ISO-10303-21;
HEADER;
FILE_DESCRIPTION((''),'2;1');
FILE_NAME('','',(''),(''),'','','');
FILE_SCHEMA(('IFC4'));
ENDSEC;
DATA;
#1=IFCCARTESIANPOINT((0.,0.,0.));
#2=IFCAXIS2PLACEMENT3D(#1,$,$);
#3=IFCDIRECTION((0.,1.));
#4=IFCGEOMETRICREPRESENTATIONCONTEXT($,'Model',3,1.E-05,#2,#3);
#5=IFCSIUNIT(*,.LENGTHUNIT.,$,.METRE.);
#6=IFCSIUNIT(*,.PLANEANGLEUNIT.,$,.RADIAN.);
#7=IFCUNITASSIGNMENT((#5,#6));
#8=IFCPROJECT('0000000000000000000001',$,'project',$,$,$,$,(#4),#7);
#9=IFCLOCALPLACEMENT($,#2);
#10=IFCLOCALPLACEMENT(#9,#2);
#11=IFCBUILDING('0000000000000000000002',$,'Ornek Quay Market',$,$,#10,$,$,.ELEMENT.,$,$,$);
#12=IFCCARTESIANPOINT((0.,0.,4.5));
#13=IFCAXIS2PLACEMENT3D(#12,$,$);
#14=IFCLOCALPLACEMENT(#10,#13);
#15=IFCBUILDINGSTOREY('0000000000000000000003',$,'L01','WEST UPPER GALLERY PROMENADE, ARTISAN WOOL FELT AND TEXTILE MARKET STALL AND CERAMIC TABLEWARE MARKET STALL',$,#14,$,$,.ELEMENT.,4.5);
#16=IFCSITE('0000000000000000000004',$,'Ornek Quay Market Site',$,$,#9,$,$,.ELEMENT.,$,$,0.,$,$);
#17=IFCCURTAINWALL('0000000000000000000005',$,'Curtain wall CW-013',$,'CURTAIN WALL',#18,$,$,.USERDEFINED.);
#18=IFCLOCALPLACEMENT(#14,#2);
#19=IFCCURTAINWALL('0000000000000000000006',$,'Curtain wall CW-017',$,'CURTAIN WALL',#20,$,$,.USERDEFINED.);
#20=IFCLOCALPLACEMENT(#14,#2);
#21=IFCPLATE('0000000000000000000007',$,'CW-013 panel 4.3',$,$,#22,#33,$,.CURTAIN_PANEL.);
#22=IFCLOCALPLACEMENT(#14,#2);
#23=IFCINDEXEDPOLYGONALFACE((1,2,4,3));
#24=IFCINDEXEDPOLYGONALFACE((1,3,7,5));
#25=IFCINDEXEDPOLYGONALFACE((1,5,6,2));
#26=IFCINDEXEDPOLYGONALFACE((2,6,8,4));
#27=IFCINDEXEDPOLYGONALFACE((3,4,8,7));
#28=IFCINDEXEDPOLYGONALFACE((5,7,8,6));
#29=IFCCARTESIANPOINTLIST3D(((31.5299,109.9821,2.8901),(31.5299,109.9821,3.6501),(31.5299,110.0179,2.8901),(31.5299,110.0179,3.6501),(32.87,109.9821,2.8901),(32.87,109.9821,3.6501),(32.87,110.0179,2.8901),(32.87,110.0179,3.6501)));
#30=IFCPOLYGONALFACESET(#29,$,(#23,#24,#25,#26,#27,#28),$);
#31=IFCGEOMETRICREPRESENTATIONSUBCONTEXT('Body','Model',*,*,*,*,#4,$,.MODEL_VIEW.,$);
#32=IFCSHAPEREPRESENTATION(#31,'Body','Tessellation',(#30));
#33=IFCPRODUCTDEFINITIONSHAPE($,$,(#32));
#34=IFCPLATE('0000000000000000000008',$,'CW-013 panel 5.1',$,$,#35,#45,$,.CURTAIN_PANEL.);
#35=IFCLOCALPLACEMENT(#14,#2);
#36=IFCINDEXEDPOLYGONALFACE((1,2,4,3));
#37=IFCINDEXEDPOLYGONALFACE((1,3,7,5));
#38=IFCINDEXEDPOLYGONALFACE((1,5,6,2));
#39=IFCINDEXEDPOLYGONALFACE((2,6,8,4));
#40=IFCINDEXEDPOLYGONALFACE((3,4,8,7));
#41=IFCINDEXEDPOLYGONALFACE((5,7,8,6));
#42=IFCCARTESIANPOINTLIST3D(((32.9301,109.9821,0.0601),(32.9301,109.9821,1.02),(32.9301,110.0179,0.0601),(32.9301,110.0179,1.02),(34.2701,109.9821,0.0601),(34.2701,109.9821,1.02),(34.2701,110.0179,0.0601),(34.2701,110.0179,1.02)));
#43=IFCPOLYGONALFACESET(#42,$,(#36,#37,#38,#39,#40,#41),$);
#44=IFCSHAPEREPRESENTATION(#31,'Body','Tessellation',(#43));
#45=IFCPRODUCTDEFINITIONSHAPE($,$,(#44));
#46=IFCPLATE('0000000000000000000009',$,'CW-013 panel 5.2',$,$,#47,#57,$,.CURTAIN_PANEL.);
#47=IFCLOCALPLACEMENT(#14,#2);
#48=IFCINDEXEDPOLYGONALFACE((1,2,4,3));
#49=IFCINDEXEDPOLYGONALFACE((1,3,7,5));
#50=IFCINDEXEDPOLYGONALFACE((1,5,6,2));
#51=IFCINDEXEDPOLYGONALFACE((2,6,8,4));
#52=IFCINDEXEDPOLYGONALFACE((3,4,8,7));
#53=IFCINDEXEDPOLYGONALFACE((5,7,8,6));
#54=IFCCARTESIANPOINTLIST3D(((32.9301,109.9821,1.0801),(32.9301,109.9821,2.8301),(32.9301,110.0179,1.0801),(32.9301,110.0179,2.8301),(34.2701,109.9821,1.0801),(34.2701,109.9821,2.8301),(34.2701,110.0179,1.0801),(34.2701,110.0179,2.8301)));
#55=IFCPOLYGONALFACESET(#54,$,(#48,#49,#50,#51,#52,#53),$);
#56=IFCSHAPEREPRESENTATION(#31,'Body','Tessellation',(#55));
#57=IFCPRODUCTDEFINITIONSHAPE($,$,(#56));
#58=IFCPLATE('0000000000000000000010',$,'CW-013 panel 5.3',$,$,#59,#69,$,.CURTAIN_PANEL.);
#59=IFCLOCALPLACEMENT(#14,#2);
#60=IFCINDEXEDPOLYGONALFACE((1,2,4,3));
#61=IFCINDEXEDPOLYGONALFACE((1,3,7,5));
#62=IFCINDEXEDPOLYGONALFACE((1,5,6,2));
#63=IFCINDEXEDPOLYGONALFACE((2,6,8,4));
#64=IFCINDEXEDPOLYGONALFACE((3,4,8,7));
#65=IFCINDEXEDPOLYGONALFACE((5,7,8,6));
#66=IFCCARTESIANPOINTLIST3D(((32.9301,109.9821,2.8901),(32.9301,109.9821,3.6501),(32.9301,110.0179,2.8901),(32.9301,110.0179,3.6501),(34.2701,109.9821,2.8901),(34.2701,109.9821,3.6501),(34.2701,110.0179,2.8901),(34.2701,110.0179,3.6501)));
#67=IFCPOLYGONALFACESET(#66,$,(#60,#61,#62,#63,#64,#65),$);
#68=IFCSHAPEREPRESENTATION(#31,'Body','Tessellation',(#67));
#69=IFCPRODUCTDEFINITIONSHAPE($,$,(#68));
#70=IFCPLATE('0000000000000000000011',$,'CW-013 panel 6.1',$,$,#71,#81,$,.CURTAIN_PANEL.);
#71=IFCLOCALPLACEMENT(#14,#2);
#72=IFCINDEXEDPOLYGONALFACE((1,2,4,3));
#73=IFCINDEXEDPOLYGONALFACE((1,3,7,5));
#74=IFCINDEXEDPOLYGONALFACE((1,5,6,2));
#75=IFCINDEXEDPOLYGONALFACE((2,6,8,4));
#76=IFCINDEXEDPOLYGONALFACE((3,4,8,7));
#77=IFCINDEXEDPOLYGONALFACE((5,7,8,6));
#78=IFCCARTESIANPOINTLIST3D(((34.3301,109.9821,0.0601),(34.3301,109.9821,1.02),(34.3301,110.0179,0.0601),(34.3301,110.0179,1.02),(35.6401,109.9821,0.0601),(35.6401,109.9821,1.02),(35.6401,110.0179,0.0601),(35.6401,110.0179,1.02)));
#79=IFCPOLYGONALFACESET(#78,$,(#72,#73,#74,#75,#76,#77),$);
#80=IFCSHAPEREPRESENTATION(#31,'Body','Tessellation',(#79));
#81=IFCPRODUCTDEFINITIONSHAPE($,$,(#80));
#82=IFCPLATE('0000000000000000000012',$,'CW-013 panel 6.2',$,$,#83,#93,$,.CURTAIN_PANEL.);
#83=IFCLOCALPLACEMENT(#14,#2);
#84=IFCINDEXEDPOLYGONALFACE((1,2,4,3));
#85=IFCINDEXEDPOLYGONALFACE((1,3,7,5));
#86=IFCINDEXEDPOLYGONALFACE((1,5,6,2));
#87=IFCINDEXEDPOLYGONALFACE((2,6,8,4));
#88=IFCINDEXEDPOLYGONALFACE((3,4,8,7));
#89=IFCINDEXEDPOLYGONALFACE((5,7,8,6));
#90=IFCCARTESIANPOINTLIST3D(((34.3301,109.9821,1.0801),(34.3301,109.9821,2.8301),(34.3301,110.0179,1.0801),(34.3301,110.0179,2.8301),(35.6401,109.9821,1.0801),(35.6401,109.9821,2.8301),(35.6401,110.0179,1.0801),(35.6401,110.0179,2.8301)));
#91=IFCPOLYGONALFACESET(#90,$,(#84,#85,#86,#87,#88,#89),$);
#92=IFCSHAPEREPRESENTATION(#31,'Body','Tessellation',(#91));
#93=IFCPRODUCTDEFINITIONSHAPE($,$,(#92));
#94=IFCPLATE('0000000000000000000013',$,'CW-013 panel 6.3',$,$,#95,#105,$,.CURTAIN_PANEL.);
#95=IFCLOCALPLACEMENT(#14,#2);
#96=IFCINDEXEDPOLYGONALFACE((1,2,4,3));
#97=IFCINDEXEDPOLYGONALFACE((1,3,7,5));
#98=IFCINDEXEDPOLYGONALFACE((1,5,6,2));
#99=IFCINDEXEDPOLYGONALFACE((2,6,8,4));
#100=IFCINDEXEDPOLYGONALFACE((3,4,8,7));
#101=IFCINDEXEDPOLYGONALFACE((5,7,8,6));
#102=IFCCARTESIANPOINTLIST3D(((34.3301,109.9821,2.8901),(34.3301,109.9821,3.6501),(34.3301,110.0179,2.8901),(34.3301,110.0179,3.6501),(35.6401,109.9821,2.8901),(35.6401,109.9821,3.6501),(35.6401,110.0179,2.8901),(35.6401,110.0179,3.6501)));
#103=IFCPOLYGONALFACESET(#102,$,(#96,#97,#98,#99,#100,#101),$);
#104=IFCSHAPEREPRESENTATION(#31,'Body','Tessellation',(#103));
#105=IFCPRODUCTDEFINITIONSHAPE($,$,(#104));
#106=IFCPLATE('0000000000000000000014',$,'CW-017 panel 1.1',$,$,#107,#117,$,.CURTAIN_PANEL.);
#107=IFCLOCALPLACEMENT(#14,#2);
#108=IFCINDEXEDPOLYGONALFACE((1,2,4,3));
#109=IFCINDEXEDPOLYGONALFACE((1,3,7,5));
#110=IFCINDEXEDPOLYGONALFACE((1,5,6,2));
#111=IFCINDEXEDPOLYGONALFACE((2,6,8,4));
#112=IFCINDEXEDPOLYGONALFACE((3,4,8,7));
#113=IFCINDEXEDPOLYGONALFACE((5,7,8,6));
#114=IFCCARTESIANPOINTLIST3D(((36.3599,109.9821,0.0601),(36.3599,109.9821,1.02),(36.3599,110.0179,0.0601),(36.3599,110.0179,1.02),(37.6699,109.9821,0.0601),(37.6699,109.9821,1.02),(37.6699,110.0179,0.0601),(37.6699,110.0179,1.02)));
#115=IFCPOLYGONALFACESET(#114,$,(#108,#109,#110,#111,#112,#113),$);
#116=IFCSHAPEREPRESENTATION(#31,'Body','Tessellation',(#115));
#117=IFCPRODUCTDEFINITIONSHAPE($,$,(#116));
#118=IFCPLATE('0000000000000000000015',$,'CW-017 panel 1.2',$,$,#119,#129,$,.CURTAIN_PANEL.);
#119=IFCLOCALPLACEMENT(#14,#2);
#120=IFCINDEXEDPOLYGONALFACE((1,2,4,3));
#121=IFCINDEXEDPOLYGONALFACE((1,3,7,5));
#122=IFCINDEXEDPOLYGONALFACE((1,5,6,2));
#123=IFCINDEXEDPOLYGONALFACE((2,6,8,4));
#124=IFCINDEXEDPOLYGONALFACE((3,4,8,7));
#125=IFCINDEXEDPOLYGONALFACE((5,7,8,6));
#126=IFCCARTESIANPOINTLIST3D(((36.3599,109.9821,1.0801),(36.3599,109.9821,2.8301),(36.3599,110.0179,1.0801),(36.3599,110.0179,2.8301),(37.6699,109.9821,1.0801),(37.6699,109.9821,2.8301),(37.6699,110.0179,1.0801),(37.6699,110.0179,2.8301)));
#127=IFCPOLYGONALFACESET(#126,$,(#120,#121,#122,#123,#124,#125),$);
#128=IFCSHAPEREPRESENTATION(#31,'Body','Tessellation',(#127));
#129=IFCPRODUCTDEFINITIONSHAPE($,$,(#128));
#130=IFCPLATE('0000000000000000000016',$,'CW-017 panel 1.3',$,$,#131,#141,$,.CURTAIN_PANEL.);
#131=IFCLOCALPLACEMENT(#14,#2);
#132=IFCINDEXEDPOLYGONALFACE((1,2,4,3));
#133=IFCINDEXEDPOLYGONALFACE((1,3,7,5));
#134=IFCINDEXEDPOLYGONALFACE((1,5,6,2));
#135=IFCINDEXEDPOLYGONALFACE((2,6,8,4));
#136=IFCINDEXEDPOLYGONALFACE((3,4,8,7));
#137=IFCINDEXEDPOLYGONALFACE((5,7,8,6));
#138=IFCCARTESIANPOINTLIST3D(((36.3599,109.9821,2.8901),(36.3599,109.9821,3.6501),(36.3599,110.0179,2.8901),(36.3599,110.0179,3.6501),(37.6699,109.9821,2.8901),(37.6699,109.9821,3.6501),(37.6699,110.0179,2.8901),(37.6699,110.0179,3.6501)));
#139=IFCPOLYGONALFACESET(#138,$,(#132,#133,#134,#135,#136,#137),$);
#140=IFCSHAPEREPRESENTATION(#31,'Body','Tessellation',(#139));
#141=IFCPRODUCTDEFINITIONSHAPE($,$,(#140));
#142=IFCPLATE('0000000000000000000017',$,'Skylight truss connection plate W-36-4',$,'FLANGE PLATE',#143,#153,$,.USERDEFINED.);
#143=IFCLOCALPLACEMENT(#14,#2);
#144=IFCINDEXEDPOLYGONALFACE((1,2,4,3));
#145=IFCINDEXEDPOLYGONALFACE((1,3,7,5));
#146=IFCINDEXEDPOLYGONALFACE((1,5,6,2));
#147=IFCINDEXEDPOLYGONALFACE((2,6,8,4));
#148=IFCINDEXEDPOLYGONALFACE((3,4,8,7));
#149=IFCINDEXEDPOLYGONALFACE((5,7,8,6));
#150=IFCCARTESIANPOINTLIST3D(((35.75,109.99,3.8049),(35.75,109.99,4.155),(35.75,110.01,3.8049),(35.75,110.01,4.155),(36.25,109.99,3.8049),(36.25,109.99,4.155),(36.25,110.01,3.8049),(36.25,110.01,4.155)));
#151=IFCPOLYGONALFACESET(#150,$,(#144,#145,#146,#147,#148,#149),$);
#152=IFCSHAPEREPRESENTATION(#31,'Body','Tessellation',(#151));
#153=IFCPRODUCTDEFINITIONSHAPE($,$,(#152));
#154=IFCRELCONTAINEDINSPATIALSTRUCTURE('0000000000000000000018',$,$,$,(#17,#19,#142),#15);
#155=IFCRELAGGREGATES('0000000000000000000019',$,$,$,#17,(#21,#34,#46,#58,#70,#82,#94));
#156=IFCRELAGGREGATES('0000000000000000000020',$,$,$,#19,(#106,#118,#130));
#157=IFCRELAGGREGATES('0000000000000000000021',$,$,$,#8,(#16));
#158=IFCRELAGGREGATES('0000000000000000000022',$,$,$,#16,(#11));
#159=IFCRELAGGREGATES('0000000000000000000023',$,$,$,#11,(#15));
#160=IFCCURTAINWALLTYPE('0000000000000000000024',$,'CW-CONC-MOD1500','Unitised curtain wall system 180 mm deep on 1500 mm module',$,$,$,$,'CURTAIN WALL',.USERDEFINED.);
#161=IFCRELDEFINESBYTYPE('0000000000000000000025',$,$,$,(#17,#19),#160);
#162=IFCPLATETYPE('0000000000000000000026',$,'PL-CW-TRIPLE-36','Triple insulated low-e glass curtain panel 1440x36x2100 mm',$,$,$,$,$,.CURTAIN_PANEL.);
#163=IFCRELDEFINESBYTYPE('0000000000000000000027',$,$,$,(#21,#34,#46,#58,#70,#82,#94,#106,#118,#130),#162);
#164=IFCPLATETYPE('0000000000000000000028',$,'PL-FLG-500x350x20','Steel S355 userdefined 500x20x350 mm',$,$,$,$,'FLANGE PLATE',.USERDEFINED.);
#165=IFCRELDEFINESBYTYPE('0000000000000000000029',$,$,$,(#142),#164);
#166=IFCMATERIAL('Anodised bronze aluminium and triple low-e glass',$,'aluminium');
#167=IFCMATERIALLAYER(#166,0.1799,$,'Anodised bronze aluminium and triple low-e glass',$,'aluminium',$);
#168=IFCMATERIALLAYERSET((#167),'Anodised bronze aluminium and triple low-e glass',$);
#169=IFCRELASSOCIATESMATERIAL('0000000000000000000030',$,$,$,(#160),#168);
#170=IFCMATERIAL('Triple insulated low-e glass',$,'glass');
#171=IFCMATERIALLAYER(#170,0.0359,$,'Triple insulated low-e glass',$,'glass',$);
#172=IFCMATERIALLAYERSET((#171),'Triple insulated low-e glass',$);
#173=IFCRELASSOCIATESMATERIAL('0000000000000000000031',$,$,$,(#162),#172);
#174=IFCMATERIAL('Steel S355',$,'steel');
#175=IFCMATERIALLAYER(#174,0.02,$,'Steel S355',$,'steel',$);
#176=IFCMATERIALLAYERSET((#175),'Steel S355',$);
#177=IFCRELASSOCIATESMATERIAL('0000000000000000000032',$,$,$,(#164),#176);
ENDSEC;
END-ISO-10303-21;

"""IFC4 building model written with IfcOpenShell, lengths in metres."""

from ifc_helpers import new_model, si_unit, direction, frame, origin, origin_2d, place, context, subcontext, project, spatial, rectangle, extrude, material, layer, layer_set, type_object, element, aggregate, save


model = new_model("IFC4")

# Units and contexts
model_context = context("Model", 3, precision=1e-05, world=origin(), true_north=direction((0.0, 1.0)))
body_context = subcontext(model_context, "Body", "Model", "MODEL_VIEW")
ifc_project = project(units=[si_unit("LENGTHUNIT", "METRE"), si_unit("PLANEANGLEUNIT", "RADIAN")], contexts=[model_context])

# Site, building, storey
site_placement = place(None, origin())
site = spatial("IfcSite", under=ifc_project, at=site_placement, Name="Ornek Quay Market Site", CompositionType="ELEMENT", RefElevation=0.0)
building_placement = place(site_placement, origin())
building = spatial("IfcBuilding", under=site, at=building_placement, Name="Ornek Quay Market", CompositionType="ELEMENT")
storey_placement = place(building_placement, frame((0.0, 0.0, 4.5)))
storey = spatial("IfcBuildingStorey", under=building, at=storey_placement, Name="L01", Description="WEST UPPER GALLERY PROMENADE, ARTISAN WOOL FELT AND TEXTILE MARKET STALL AND CERAMIC TABLEWARE MARKET STALL", CompositionType="ELEMENT", Elevation=4.5)

# Curtain walls
ifc_material_1 = material(Name="Anodised bronze aluminium and triple low-e glass", Category="aluminium")
ifc_layer_1 = layer(ifc_material_1, 0.1799, Name="Anodised bronze aluminium and triple low-e glass", Category="aluminium")
ifc_layer_set_1 = layer_set([ifc_layer_1], Name="Anodised bronze aluminium and triple low-e glass")
curtain_wall_type = type_object("IfcCurtainWallType", Name="CW-CONC-MOD1500", Description="Unitised curtain wall system 180 mm deep on 1500 mm module", ElementType="CURTAIN WALL", PredefinedType="USERDEFINED", material=ifc_layer_set_1)
curtain_wall_1_placement = place(storey_placement, origin())
curtain_wall_1 = element("IfcCurtainWall", 1, at=curtain_wall_1_placement, inside=storey, type_object=curtain_wall_type, Name="Curtain wall CW-013", ObjectType="CURTAIN WALL", PredefinedType="USERDEFINED")
curtain_wall_2_placement = place(storey_placement, origin())
curtain_wall_2 = element("IfcCurtainWall", 2, at=curtain_wall_2_placement, inside=storey, type_object=curtain_wall_type, Name="Curtain wall CW-017", ObjectType="CURTAIN WALL", PredefinedType="USERDEFINED")

# Plates
ifc_material_2 = material(Name="Triple insulated low-e glass", Category="glass")
ifc_layer_2 = layer(ifc_material_2, 0.0359, Name="Triple insulated low-e glass", Category="glass")
ifc_layer_set_2 = layer_set([ifc_layer_2], Name="Triple insulated low-e glass")
plate_type_1 = type_object("IfcPlateType", Name="PL-CW-TRIPLE-36", Description="Triple insulated low-e glass curtain panel 1440x36x2100 mm", PredefinedType="CURTAIN_PANEL", material=ifc_layer_set_2)
plate_1_placement = place(storey_placement, frame((32.2, 110.0, 2.8901), z_axis=(0.0, 0.0, 1.0), x_axis=(1.0, 0.0, 0.0)))
plate_1 = element("IfcPlate", 3, at=plate_1_placement, type_object=plate_type_1, Name="CW-013 panel 4.3", PredefinedType="CURTAIN_PANEL", context=body_context, shape_type="SweptSolid", body=[
    extrude(rectangle(XDim=1.3401, YDim=0.0359, at=origin_2d()), origin(), (0.0, 0.0, 1.0), 0.76),
])
plate_2_placement = place(storey_placement, frame((33.6001, 110.0, 0.0601), z_axis=(0.0, 0.0, 1.0), x_axis=(1.0, 0.0, 0.0)))
plate_2 = element("IfcPlate", 4, at=plate_2_placement, type_object=plate_type_1, Name="CW-013 panel 5.1", PredefinedType="CURTAIN_PANEL", context=body_context, shape_type="SweptSolid", body=[
    extrude(rectangle(XDim=1.3401, YDim=0.0359, at=origin_2d()), origin(), (0.0, 0.0, 1.0), 0.96),
])
plate_3_placement = place(storey_placement, frame((33.6001, 110.0, 1.0801), z_axis=(0.0, 0.0, 1.0), x_axis=(1.0, 0.0, 0.0)))
plate_3 = element("IfcPlate", 5, at=plate_3_placement, type_object=plate_type_1, Name="CW-013 panel 5.2", PredefinedType="CURTAIN_PANEL", context=body_context, shape_type="SweptSolid", body=[
    extrude(rectangle(XDim=1.3401, YDim=0.0359, at=origin_2d()), origin(), (0.0, 0.0, 1.0), 1.75),
])
plate_4_placement = place(storey_placement, frame((33.6001, 110.0, 2.8901), z_axis=(0.0, 0.0, 1.0), x_axis=(1.0, 0.0, 0.0)))
plate_4 = element("IfcPlate", 6, at=plate_4_placement, type_object=plate_type_1, Name="CW-013 panel 5.3", PredefinedType="CURTAIN_PANEL", context=body_context, shape_type="SweptSolid", body=[
    extrude(rectangle(XDim=1.3401, YDim=0.0359, at=origin_2d()), origin(), (0.0, 0.0, 1.0), 0.76),
])
plate_5_placement = place(storey_placement, frame((34.9851, 110.0, 0.0601), z_axis=(0.0, 0.0, 1.0), x_axis=(1.0, 0.0, 0.0)))
plate_5 = element("IfcPlate", 7, at=plate_5_placement, type_object=plate_type_1, Name="CW-013 panel 6.1", PredefinedType="CURTAIN_PANEL", context=body_context, shape_type="SweptSolid", body=[
    extrude(rectangle(XDim=1.3101, YDim=0.0359, at=origin_2d()), origin(), (0.0, 0.0, 1.0), 0.96),
])
plate_6_placement = place(storey_placement, frame((34.9851, 110.0, 1.0801), z_axis=(0.0, 0.0, 1.0), x_axis=(1.0, 0.0, 0.0)))
plate_6 = element("IfcPlate", 8, at=plate_6_placement, type_object=plate_type_1, Name="CW-013 panel 6.2", PredefinedType="CURTAIN_PANEL", context=body_context, shape_type="SweptSolid", body=[
    extrude(rectangle(XDim=1.3101, YDim=0.0359, at=origin_2d()), origin(), (0.0, 0.0, 1.0), 1.75),
])
plate_7_placement = place(storey_placement, frame((34.9851, 110.0, 2.8901), z_axis=(0.0, 0.0, 1.0), x_axis=(1.0, 0.0, 0.0)))
plate_7 = element("IfcPlate", 9, at=plate_7_placement, type_object=plate_type_1, Name="CW-013 panel 6.3", PredefinedType="CURTAIN_PANEL", context=body_context, shape_type="SweptSolid", body=[
    extrude(rectangle(XDim=1.3101, YDim=0.0359, at=origin_2d()), origin(), (0.0, 0.0, 1.0), 0.76),
])
aggregate(curtain_wall_1, [plate_1, plate_2, plate_3, plate_4, plate_5, plate_6, plate_7])
plate_8_placement = place(storey_placement, frame((37.0149, 110.0, 0.0601), z_axis=(0.0, 0.0, 1.0), x_axis=(1.0, 0.0, 0.0)))
plate_8 = element("IfcPlate", 10, at=plate_8_placement, type_object=plate_type_1, Name="CW-017 panel 1.1", PredefinedType="CURTAIN_PANEL", context=body_context, shape_type="SweptSolid", body=[
    extrude(rectangle(XDim=1.3101, YDim=0.0359, at=origin_2d()), origin(), (0.0, 0.0, 1.0), 0.96),
])
plate_9_placement = place(storey_placement, frame((37.0149, 110.0, 1.0801), z_axis=(0.0, 0.0, 1.0), x_axis=(1.0, 0.0, 0.0)))
plate_9 = element("IfcPlate", 11, at=plate_9_placement, type_object=plate_type_1, Name="CW-017 panel 1.2", PredefinedType="CURTAIN_PANEL", context=body_context, shape_type="SweptSolid", body=[
    extrude(rectangle(XDim=1.3101, YDim=0.0359, at=origin_2d()), origin(), (0.0, 0.0, 1.0), 1.75),
])
plate_10_placement = place(storey_placement, frame((37.0149, 110.0, 2.8901), z_axis=(0.0, 0.0, 1.0), x_axis=(1.0, 0.0, 0.0)))
plate_10 = element("IfcPlate", 12, at=plate_10_placement, type_object=plate_type_1, Name="CW-017 panel 1.3", PredefinedType="CURTAIN_PANEL", context=body_context, shape_type="SweptSolid", body=[
    extrude(rectangle(XDim=1.3101, YDim=0.0359, at=origin_2d()), origin(), (0.0, 0.0, 1.0), 0.76),
])
aggregate(curtain_wall_2, [plate_8, plate_9, plate_10])
ifc_material_3 = material(Name="Steel S355", Category="steel")
ifc_layer_3 = layer(ifc_material_3, 0.02, Name="Steel S355", Category="steel")
ifc_layer_set_3 = layer_set([ifc_layer_3], Name="Steel S355")
plate_type_2 = type_object("IfcPlateType", Name="PL-FLG-500x350x20", Description="Steel S355 userdefined 500x20x350 mm", ElementType="FLANGE PLATE", PredefinedType="USERDEFINED", material=ifc_layer_set_3)
plate_11_placement = place(storey_placement, frame((36.0, 110.0, 3.8049), z_axis=(0.0, 0.0, 1.0), x_axis=(1.0, 0.0, 0.0)))
element("IfcPlate", 13, at=plate_11_placement, inside=storey, type_object=plate_type_2, Name="Skylight truss connection plate W-36-4", ObjectType="FLANGE PLATE", PredefinedType="USERDEFINED", context=body_context, shape_type="SweptSolid", body=[
    extrude(rectangle(XDim=0.5, YDim=0.02, at=origin_2d()), origin(), (0.0, 0.0, 1.0), 0.3501),
])

save(model, "model.ifc")
